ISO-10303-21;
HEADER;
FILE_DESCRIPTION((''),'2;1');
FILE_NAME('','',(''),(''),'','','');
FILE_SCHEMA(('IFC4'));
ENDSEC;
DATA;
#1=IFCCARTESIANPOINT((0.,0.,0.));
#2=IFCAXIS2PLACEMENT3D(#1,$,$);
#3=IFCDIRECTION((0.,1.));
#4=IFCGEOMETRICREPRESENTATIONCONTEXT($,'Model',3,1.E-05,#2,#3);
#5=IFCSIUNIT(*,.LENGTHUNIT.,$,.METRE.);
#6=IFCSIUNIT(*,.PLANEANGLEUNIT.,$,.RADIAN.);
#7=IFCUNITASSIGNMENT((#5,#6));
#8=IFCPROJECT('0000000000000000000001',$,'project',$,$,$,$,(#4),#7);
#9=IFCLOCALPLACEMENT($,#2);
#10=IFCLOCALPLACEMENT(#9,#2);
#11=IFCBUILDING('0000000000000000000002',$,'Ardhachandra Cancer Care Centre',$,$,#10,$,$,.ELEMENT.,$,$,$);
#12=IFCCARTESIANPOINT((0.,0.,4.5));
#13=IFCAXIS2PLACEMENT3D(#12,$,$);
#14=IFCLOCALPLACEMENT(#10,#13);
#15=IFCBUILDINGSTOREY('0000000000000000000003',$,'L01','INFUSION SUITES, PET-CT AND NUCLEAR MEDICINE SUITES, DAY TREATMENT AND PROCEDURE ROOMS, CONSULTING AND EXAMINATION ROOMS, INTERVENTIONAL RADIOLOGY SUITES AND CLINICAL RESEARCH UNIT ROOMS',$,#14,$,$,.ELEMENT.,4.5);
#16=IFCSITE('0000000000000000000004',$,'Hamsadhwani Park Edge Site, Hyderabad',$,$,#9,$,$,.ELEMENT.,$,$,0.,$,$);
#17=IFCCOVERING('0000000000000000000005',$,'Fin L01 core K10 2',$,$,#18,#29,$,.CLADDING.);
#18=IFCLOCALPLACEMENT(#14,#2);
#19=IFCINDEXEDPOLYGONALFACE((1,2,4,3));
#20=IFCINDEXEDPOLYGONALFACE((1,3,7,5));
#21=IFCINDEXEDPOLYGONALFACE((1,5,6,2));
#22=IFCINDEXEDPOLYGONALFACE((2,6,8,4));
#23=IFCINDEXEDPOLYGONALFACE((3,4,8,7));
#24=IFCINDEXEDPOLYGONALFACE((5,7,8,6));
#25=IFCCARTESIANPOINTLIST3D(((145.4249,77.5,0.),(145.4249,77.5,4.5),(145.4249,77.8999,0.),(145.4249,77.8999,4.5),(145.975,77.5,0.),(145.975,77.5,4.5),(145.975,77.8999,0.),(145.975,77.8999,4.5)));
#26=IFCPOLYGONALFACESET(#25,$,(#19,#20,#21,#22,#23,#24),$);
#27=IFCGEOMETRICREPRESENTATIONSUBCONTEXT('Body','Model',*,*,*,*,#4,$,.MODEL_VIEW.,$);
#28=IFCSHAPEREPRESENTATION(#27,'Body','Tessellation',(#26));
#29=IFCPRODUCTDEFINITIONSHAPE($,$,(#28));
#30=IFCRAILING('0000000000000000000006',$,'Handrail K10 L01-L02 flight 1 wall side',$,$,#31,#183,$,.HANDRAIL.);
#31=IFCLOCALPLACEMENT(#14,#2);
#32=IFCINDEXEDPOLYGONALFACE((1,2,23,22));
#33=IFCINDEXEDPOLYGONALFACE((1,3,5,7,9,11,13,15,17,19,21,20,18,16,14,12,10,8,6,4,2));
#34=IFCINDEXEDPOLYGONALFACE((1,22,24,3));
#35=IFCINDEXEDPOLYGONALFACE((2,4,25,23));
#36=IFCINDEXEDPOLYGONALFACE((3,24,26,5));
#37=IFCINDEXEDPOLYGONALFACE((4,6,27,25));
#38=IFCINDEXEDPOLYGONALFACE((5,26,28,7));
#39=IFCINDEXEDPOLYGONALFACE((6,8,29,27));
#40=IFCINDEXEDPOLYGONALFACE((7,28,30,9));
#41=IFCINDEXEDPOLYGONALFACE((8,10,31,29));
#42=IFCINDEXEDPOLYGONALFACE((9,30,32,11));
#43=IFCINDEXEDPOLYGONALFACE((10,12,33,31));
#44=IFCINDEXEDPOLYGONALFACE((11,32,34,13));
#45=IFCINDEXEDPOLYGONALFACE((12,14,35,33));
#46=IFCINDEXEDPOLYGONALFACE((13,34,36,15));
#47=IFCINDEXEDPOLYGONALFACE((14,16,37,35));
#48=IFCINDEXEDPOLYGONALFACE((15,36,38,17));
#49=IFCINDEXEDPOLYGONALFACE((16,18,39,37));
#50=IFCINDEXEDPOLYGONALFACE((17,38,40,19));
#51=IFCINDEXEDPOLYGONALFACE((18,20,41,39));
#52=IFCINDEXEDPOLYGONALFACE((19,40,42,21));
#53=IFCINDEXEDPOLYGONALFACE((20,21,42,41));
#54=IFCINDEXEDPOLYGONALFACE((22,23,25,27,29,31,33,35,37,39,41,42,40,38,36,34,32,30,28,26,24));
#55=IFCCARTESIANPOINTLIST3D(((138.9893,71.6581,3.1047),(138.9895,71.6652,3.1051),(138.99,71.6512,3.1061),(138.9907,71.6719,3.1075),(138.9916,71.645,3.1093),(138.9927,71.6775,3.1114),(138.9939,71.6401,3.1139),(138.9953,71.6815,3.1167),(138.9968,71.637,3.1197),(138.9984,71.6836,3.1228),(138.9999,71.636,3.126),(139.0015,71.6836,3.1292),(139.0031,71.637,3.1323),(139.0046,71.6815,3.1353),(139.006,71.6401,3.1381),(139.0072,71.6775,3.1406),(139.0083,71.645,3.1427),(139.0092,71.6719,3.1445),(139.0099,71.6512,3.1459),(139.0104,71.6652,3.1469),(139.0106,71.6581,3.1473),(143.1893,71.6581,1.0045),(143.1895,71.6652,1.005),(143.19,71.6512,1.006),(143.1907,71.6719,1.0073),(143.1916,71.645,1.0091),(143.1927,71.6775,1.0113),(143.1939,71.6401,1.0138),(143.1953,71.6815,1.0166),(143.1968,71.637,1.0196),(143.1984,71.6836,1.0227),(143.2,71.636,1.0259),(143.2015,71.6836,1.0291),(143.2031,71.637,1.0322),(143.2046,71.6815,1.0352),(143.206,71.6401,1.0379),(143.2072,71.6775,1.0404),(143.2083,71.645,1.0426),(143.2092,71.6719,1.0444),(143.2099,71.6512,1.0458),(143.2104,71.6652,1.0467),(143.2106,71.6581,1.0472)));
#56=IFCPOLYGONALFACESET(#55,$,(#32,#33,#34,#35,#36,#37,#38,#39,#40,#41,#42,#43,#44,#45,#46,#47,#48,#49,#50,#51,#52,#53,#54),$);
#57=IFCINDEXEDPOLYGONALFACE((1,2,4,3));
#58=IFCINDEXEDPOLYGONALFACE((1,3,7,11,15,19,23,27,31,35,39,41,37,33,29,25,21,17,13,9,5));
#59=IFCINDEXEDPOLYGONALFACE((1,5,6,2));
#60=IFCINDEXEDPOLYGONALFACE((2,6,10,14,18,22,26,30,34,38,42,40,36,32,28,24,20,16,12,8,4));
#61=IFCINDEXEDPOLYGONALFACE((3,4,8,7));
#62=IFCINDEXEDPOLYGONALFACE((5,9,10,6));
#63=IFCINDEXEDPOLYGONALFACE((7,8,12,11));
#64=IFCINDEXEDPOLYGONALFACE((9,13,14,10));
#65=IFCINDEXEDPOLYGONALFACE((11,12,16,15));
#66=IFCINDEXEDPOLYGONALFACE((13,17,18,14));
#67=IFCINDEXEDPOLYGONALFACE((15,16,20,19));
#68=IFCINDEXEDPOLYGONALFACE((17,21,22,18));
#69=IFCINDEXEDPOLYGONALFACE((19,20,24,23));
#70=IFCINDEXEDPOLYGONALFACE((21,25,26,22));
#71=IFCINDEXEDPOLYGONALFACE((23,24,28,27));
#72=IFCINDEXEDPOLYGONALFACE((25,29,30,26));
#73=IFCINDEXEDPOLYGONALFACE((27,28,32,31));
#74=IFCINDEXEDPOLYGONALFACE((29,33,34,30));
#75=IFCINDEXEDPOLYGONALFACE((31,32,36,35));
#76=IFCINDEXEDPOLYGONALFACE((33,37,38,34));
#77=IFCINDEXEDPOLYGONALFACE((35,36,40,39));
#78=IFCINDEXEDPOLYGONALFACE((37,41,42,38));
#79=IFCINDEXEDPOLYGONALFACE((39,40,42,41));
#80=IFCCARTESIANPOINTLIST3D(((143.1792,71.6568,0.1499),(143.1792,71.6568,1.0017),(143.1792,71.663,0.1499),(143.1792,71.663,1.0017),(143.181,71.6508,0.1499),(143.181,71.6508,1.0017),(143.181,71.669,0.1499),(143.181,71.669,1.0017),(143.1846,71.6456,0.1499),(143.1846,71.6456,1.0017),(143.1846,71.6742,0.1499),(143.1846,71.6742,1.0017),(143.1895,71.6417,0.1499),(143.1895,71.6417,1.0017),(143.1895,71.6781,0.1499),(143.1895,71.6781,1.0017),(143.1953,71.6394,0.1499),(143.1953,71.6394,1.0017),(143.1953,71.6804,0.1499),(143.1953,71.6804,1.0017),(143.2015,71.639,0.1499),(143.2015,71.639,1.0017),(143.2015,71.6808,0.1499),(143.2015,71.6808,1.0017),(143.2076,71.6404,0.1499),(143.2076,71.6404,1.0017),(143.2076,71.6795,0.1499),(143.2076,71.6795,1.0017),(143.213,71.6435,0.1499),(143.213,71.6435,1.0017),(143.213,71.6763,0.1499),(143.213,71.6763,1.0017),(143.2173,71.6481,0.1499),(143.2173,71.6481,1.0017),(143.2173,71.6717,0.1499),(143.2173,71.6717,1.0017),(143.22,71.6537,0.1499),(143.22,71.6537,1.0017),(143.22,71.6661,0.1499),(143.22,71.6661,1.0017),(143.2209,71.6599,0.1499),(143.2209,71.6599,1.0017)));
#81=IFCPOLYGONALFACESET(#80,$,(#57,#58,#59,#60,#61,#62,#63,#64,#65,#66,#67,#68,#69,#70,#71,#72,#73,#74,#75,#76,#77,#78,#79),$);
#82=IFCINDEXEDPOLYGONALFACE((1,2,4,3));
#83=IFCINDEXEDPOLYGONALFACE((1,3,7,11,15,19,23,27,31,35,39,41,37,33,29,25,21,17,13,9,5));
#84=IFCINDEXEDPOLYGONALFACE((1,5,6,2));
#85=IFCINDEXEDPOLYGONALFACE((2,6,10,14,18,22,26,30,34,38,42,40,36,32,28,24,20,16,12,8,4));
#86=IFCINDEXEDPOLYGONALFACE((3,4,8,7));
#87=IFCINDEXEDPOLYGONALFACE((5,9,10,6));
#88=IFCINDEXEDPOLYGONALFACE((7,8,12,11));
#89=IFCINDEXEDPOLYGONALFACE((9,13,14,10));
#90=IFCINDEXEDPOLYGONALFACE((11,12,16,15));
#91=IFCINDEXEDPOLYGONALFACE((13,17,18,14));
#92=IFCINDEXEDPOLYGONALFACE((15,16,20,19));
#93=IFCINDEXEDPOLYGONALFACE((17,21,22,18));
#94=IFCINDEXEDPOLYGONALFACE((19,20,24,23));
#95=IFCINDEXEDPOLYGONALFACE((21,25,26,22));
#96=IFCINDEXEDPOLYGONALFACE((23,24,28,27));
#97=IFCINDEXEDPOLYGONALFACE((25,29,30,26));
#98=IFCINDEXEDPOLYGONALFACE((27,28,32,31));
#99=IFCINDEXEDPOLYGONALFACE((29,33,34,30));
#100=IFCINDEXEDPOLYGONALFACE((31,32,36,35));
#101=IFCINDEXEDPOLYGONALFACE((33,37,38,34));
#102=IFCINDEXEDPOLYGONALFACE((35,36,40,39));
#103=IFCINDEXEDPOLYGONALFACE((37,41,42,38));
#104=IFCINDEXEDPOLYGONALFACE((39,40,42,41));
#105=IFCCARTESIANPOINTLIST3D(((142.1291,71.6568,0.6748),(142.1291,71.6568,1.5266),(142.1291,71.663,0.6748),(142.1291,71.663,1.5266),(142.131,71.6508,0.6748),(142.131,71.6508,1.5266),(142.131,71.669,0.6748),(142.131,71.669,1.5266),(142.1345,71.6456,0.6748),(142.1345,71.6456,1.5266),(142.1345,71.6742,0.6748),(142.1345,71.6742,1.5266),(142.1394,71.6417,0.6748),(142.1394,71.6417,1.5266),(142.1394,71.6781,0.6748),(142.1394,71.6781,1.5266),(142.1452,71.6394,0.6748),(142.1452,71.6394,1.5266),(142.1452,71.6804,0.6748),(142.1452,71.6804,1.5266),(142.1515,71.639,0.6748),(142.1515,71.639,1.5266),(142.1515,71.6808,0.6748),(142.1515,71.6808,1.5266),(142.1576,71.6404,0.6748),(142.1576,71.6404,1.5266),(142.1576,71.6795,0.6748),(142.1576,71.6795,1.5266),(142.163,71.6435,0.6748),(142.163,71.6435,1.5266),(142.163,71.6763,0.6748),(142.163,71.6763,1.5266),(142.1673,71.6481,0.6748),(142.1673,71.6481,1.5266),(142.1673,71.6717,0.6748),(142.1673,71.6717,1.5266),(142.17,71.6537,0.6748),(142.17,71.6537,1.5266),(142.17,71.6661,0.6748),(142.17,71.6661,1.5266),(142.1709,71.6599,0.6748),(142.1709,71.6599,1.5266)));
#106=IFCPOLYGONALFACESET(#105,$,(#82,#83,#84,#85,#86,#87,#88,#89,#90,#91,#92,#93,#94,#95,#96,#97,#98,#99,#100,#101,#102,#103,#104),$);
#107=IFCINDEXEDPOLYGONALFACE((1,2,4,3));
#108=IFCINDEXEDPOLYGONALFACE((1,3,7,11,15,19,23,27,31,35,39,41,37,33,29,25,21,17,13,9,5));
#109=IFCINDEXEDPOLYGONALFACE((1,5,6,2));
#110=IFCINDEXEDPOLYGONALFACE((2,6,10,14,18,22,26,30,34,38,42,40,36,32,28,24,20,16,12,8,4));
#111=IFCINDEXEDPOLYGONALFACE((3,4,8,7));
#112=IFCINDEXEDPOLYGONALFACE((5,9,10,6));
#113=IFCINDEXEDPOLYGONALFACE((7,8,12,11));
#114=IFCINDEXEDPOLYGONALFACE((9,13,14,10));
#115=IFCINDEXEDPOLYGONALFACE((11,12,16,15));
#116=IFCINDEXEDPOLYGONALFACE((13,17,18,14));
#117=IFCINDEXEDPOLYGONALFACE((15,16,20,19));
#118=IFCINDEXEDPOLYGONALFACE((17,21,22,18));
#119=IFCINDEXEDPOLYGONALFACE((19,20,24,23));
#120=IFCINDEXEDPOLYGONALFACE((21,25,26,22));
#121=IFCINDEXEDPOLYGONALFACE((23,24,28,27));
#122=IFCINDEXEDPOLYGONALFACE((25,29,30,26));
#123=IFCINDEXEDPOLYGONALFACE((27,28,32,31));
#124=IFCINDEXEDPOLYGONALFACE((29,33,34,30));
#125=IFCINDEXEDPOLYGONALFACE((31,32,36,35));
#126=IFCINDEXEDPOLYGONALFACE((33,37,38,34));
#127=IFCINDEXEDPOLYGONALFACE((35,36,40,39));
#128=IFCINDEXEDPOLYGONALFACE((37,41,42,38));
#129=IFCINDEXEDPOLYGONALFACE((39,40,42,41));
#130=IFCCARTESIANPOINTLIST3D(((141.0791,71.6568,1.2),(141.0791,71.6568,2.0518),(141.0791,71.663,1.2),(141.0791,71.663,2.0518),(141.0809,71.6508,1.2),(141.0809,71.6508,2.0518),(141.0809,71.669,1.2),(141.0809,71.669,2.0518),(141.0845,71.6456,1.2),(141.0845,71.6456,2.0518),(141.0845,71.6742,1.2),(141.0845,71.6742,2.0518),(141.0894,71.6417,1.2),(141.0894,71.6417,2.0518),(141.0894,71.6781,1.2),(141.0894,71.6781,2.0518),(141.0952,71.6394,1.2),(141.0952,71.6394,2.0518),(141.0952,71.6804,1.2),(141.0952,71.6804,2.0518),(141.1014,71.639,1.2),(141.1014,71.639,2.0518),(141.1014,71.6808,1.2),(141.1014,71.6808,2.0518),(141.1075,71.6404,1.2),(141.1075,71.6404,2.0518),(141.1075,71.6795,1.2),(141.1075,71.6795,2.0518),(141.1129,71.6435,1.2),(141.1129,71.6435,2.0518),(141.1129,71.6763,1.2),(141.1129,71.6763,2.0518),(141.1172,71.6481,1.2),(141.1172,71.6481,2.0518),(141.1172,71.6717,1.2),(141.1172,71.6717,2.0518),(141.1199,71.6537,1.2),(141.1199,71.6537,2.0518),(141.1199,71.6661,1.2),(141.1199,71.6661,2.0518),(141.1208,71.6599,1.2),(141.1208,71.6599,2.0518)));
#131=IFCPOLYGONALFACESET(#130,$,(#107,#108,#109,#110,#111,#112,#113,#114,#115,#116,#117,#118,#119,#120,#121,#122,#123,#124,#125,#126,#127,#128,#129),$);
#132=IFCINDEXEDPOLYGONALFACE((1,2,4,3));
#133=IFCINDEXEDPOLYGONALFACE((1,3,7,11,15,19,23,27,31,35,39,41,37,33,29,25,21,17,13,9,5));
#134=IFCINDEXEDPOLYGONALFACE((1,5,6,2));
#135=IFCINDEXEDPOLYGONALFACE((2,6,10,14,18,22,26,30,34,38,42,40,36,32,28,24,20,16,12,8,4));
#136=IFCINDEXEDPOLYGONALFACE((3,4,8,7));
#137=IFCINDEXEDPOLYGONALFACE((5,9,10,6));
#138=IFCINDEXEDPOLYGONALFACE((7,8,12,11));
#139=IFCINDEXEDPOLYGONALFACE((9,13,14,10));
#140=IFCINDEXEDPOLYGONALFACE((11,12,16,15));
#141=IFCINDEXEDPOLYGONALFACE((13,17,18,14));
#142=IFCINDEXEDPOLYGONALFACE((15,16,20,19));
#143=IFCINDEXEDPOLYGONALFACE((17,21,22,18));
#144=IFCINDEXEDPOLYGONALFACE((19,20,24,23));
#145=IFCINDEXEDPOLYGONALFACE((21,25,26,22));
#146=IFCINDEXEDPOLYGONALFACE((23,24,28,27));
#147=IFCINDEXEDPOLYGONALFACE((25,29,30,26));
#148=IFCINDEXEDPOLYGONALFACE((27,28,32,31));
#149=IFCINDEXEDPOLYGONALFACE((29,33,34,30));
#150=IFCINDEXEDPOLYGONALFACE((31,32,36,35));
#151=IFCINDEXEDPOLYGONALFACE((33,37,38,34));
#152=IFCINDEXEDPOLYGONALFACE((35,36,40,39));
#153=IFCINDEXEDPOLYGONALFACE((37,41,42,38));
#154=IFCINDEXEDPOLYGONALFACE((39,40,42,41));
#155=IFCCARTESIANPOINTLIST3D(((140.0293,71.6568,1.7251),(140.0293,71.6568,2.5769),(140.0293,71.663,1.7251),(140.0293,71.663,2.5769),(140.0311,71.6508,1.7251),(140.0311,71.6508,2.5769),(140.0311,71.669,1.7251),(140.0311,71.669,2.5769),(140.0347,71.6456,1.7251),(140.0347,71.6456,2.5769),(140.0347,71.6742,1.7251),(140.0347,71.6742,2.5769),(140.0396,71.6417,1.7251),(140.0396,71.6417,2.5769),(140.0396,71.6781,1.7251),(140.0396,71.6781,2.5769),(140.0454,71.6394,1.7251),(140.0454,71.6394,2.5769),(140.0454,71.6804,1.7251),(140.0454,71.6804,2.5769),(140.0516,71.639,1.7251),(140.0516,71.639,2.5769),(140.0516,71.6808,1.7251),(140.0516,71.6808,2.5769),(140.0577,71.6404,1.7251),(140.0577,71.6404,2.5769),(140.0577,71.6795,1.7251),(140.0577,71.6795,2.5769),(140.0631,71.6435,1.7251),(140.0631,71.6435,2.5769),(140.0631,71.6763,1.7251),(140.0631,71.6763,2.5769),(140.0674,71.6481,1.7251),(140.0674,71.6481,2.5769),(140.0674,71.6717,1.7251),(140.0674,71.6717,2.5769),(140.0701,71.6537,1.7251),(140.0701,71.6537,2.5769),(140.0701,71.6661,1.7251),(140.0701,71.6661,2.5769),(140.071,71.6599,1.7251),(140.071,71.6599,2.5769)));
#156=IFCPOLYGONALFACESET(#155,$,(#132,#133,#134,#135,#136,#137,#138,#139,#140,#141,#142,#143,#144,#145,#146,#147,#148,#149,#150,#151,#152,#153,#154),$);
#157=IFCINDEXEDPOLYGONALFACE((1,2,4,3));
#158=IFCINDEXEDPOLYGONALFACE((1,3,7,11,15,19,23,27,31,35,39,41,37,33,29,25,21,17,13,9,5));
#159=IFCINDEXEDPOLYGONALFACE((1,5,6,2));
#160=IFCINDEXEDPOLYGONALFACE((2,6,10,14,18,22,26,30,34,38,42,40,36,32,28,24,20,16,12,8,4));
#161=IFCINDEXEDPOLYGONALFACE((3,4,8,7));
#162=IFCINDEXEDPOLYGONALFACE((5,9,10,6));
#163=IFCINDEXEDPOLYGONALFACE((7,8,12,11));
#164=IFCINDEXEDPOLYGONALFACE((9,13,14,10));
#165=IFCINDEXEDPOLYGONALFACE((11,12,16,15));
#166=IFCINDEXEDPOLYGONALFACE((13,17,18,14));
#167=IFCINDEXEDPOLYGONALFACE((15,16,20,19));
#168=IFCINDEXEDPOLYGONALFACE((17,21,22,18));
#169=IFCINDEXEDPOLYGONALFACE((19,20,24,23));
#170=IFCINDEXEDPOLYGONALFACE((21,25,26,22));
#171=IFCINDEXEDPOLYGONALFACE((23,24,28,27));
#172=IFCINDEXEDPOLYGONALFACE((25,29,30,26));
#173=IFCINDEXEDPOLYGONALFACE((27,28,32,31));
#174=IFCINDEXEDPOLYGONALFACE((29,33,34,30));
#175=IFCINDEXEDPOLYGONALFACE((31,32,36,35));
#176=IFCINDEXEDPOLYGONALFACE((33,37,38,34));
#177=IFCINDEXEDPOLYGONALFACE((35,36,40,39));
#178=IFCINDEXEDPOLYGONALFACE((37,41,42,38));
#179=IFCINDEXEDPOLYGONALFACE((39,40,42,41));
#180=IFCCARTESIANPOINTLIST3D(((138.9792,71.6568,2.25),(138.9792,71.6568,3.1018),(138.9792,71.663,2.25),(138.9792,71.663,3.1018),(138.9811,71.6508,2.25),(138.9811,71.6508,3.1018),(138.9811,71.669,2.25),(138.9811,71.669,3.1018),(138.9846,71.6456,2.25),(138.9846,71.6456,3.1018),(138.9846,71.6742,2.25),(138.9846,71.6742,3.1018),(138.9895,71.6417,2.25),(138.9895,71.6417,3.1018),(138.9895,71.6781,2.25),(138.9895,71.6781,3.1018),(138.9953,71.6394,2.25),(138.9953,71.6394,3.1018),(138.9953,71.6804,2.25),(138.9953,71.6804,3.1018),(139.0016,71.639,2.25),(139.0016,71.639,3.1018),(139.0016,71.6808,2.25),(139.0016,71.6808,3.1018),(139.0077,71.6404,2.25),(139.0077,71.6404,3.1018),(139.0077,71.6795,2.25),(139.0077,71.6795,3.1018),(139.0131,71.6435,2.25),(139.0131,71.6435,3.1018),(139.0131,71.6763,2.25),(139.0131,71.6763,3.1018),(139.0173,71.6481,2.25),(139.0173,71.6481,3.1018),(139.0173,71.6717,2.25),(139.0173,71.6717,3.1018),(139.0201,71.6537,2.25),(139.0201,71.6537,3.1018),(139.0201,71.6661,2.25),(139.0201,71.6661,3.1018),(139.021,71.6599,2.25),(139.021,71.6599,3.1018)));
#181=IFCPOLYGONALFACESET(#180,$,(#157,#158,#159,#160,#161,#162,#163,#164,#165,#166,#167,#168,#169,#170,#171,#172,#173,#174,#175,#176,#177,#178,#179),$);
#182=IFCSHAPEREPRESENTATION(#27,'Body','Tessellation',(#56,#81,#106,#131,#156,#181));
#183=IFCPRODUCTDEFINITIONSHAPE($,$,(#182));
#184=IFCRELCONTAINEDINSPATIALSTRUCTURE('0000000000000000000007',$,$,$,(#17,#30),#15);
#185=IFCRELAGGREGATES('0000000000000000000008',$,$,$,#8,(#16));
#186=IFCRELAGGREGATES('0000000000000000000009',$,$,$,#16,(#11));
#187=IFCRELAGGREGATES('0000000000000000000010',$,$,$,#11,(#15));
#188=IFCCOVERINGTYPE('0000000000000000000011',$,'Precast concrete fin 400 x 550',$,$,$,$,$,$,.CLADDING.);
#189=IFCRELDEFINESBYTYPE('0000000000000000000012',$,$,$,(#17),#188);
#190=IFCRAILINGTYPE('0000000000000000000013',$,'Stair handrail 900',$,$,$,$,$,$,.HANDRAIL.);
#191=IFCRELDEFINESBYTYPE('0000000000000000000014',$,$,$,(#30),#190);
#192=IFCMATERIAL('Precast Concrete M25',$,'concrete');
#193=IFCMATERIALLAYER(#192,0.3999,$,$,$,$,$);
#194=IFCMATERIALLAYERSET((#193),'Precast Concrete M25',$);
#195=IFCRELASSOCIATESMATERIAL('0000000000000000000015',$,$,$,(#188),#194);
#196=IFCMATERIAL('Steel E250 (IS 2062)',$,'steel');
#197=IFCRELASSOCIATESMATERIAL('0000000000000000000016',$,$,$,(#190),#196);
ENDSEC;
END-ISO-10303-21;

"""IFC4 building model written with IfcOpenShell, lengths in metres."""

from ifc_helpers import new_model, si_unit, direction, frame, origin, origin_2d, place, context, subcontext, project, spatial, rectangle, circle, extrude, material, layer, layer_set, type_object, element, save


model = new_model("IFC4")

# Units and contexts
model_context = context("Model", 3, precision=1e-05, world=origin(), true_north=direction((0.0, 1.0)))
body_context = subcontext(model_context, "Body", "Model", "MODEL_VIEW")
ifc_project = project(units=[si_unit("LENGTHUNIT", "METRE"), si_unit("PLANEANGLEUNIT", "RADIAN")], contexts=[model_context])

# Site, building, storey
site_placement = place(None, origin())
site = spatial("IfcSite", under=ifc_project, at=site_placement, Name="Hamsadhwani Park Edge Site, Hyderabad", CompositionType="ELEMENT", RefElevation=0.0)
building_placement = place(site_placement, origin())
building = spatial("IfcBuilding", under=site, at=building_placement, Name="Ardhachandra Cancer Care Centre", CompositionType="ELEMENT")
storey_placement = place(building_placement, frame((0.0, 0.0, 4.5)))
storey = spatial("IfcBuildingStorey", under=building, at=storey_placement, Name="L01", Description="INFUSION SUITES, PET-CT AND NUCLEAR MEDICINE SUITES, DAY TREATMENT AND PROCEDURE ROOMS, CONSULTING AND EXAMINATION ROOMS, INTERVENTIONAL RADIOLOGY SUITES AND CLINICAL RESEARCH UNIT ROOMS", CompositionType="ELEMENT", Elevation=4.5)

# Covering
ifc_material_1 = material(Name="Precast Concrete M25", Category="concrete")
ifc_layer_1 = layer(ifc_material_1, 0.3999)
ifc_layer_set_1 = layer_set([ifc_layer_1], Name="Precast Concrete M25")
covering_type = type_object("IfcCoveringType", Name="Precast concrete fin 400 x 550", PredefinedType="CLADDING", material=ifc_layer_set_1)
for number, where, z_axis, x_axis, name in (
    (1, (145.7, 77.7, 0.0), (0.0, 0.0, 1.0), (0.0, 1.0, 0.0), "Fin L01 core K10 2"),
):
    element("IfcCovering", number, at=place(storey_placement, frame(where, z_axis=z_axis, x_axis=x_axis)), inside=storey, type_object=covering_type, Name=name, PredefinedType="CLADDING", context=body_context, shape_type="SweptSolid", body=[
        extrude(rectangle(XDim=0.3999, YDim=0.55, at=origin_2d()), origin(), (0.0, 0.0, 1.0), 4.5),
    ])

# Railing
ifc_material_2 = material(Name="Steel E250 (IS 2062)", Category="steel")
railing_type_1 = type_object("IfcRailingType", Name="Stair handrail 900", PredefinedType="HANDRAIL", material=ifc_material_2)
for number, where, name in (
    (2, (143.2, 71.6599, 0.1499), "Handrail K10 L01-L02 flight 1 wall side"),
):
    element("IfcRailing", number, at=place(storey_placement, frame(where)), inside=storey, type_object=railing_type_1, Name=name, PredefinedType="HANDRAIL", context=body_context, shape_type="SweptSolid", body=[
        extrude(circle(Radius=0.0239, at=origin_2d()), frame((0.0, 0.0, 0.876), z_axis=(-0.894417, 0.0, 0.447234), x_axis=(0.0, -1.0, 0.0)), (0.0, 0.0, 1.0), 4.6958),
        extrude(circle(Radius=0.021, at=origin_2d()), origin(), (0.0, 0.0, 1.0), 0.8518),
        extrude(circle(Radius=0.021, at=origin_2d()), frame((-1.05, 0.0, 0.5249)), (0.0, 0.0, 1.0), 0.8518),
        extrude(circle(Radius=0.021, at=origin_2d()), frame((-2.1001, 0.0, 1.05)), (0.0, 0.0, 1.0), 0.8518),
        extrude(circle(Radius=0.021, at=origin_2d()), frame((-3.1499, 0.0, 1.5752)), (0.0, 0.0, 1.0), 0.8518),
        extrude(circle(Radius=0.021, at=origin_2d()), frame((-4.2, 0.0, 2.1001)), (0.0, 0.0, 1.0), 0.8518),
    ])

save(model, "model.ifc")
